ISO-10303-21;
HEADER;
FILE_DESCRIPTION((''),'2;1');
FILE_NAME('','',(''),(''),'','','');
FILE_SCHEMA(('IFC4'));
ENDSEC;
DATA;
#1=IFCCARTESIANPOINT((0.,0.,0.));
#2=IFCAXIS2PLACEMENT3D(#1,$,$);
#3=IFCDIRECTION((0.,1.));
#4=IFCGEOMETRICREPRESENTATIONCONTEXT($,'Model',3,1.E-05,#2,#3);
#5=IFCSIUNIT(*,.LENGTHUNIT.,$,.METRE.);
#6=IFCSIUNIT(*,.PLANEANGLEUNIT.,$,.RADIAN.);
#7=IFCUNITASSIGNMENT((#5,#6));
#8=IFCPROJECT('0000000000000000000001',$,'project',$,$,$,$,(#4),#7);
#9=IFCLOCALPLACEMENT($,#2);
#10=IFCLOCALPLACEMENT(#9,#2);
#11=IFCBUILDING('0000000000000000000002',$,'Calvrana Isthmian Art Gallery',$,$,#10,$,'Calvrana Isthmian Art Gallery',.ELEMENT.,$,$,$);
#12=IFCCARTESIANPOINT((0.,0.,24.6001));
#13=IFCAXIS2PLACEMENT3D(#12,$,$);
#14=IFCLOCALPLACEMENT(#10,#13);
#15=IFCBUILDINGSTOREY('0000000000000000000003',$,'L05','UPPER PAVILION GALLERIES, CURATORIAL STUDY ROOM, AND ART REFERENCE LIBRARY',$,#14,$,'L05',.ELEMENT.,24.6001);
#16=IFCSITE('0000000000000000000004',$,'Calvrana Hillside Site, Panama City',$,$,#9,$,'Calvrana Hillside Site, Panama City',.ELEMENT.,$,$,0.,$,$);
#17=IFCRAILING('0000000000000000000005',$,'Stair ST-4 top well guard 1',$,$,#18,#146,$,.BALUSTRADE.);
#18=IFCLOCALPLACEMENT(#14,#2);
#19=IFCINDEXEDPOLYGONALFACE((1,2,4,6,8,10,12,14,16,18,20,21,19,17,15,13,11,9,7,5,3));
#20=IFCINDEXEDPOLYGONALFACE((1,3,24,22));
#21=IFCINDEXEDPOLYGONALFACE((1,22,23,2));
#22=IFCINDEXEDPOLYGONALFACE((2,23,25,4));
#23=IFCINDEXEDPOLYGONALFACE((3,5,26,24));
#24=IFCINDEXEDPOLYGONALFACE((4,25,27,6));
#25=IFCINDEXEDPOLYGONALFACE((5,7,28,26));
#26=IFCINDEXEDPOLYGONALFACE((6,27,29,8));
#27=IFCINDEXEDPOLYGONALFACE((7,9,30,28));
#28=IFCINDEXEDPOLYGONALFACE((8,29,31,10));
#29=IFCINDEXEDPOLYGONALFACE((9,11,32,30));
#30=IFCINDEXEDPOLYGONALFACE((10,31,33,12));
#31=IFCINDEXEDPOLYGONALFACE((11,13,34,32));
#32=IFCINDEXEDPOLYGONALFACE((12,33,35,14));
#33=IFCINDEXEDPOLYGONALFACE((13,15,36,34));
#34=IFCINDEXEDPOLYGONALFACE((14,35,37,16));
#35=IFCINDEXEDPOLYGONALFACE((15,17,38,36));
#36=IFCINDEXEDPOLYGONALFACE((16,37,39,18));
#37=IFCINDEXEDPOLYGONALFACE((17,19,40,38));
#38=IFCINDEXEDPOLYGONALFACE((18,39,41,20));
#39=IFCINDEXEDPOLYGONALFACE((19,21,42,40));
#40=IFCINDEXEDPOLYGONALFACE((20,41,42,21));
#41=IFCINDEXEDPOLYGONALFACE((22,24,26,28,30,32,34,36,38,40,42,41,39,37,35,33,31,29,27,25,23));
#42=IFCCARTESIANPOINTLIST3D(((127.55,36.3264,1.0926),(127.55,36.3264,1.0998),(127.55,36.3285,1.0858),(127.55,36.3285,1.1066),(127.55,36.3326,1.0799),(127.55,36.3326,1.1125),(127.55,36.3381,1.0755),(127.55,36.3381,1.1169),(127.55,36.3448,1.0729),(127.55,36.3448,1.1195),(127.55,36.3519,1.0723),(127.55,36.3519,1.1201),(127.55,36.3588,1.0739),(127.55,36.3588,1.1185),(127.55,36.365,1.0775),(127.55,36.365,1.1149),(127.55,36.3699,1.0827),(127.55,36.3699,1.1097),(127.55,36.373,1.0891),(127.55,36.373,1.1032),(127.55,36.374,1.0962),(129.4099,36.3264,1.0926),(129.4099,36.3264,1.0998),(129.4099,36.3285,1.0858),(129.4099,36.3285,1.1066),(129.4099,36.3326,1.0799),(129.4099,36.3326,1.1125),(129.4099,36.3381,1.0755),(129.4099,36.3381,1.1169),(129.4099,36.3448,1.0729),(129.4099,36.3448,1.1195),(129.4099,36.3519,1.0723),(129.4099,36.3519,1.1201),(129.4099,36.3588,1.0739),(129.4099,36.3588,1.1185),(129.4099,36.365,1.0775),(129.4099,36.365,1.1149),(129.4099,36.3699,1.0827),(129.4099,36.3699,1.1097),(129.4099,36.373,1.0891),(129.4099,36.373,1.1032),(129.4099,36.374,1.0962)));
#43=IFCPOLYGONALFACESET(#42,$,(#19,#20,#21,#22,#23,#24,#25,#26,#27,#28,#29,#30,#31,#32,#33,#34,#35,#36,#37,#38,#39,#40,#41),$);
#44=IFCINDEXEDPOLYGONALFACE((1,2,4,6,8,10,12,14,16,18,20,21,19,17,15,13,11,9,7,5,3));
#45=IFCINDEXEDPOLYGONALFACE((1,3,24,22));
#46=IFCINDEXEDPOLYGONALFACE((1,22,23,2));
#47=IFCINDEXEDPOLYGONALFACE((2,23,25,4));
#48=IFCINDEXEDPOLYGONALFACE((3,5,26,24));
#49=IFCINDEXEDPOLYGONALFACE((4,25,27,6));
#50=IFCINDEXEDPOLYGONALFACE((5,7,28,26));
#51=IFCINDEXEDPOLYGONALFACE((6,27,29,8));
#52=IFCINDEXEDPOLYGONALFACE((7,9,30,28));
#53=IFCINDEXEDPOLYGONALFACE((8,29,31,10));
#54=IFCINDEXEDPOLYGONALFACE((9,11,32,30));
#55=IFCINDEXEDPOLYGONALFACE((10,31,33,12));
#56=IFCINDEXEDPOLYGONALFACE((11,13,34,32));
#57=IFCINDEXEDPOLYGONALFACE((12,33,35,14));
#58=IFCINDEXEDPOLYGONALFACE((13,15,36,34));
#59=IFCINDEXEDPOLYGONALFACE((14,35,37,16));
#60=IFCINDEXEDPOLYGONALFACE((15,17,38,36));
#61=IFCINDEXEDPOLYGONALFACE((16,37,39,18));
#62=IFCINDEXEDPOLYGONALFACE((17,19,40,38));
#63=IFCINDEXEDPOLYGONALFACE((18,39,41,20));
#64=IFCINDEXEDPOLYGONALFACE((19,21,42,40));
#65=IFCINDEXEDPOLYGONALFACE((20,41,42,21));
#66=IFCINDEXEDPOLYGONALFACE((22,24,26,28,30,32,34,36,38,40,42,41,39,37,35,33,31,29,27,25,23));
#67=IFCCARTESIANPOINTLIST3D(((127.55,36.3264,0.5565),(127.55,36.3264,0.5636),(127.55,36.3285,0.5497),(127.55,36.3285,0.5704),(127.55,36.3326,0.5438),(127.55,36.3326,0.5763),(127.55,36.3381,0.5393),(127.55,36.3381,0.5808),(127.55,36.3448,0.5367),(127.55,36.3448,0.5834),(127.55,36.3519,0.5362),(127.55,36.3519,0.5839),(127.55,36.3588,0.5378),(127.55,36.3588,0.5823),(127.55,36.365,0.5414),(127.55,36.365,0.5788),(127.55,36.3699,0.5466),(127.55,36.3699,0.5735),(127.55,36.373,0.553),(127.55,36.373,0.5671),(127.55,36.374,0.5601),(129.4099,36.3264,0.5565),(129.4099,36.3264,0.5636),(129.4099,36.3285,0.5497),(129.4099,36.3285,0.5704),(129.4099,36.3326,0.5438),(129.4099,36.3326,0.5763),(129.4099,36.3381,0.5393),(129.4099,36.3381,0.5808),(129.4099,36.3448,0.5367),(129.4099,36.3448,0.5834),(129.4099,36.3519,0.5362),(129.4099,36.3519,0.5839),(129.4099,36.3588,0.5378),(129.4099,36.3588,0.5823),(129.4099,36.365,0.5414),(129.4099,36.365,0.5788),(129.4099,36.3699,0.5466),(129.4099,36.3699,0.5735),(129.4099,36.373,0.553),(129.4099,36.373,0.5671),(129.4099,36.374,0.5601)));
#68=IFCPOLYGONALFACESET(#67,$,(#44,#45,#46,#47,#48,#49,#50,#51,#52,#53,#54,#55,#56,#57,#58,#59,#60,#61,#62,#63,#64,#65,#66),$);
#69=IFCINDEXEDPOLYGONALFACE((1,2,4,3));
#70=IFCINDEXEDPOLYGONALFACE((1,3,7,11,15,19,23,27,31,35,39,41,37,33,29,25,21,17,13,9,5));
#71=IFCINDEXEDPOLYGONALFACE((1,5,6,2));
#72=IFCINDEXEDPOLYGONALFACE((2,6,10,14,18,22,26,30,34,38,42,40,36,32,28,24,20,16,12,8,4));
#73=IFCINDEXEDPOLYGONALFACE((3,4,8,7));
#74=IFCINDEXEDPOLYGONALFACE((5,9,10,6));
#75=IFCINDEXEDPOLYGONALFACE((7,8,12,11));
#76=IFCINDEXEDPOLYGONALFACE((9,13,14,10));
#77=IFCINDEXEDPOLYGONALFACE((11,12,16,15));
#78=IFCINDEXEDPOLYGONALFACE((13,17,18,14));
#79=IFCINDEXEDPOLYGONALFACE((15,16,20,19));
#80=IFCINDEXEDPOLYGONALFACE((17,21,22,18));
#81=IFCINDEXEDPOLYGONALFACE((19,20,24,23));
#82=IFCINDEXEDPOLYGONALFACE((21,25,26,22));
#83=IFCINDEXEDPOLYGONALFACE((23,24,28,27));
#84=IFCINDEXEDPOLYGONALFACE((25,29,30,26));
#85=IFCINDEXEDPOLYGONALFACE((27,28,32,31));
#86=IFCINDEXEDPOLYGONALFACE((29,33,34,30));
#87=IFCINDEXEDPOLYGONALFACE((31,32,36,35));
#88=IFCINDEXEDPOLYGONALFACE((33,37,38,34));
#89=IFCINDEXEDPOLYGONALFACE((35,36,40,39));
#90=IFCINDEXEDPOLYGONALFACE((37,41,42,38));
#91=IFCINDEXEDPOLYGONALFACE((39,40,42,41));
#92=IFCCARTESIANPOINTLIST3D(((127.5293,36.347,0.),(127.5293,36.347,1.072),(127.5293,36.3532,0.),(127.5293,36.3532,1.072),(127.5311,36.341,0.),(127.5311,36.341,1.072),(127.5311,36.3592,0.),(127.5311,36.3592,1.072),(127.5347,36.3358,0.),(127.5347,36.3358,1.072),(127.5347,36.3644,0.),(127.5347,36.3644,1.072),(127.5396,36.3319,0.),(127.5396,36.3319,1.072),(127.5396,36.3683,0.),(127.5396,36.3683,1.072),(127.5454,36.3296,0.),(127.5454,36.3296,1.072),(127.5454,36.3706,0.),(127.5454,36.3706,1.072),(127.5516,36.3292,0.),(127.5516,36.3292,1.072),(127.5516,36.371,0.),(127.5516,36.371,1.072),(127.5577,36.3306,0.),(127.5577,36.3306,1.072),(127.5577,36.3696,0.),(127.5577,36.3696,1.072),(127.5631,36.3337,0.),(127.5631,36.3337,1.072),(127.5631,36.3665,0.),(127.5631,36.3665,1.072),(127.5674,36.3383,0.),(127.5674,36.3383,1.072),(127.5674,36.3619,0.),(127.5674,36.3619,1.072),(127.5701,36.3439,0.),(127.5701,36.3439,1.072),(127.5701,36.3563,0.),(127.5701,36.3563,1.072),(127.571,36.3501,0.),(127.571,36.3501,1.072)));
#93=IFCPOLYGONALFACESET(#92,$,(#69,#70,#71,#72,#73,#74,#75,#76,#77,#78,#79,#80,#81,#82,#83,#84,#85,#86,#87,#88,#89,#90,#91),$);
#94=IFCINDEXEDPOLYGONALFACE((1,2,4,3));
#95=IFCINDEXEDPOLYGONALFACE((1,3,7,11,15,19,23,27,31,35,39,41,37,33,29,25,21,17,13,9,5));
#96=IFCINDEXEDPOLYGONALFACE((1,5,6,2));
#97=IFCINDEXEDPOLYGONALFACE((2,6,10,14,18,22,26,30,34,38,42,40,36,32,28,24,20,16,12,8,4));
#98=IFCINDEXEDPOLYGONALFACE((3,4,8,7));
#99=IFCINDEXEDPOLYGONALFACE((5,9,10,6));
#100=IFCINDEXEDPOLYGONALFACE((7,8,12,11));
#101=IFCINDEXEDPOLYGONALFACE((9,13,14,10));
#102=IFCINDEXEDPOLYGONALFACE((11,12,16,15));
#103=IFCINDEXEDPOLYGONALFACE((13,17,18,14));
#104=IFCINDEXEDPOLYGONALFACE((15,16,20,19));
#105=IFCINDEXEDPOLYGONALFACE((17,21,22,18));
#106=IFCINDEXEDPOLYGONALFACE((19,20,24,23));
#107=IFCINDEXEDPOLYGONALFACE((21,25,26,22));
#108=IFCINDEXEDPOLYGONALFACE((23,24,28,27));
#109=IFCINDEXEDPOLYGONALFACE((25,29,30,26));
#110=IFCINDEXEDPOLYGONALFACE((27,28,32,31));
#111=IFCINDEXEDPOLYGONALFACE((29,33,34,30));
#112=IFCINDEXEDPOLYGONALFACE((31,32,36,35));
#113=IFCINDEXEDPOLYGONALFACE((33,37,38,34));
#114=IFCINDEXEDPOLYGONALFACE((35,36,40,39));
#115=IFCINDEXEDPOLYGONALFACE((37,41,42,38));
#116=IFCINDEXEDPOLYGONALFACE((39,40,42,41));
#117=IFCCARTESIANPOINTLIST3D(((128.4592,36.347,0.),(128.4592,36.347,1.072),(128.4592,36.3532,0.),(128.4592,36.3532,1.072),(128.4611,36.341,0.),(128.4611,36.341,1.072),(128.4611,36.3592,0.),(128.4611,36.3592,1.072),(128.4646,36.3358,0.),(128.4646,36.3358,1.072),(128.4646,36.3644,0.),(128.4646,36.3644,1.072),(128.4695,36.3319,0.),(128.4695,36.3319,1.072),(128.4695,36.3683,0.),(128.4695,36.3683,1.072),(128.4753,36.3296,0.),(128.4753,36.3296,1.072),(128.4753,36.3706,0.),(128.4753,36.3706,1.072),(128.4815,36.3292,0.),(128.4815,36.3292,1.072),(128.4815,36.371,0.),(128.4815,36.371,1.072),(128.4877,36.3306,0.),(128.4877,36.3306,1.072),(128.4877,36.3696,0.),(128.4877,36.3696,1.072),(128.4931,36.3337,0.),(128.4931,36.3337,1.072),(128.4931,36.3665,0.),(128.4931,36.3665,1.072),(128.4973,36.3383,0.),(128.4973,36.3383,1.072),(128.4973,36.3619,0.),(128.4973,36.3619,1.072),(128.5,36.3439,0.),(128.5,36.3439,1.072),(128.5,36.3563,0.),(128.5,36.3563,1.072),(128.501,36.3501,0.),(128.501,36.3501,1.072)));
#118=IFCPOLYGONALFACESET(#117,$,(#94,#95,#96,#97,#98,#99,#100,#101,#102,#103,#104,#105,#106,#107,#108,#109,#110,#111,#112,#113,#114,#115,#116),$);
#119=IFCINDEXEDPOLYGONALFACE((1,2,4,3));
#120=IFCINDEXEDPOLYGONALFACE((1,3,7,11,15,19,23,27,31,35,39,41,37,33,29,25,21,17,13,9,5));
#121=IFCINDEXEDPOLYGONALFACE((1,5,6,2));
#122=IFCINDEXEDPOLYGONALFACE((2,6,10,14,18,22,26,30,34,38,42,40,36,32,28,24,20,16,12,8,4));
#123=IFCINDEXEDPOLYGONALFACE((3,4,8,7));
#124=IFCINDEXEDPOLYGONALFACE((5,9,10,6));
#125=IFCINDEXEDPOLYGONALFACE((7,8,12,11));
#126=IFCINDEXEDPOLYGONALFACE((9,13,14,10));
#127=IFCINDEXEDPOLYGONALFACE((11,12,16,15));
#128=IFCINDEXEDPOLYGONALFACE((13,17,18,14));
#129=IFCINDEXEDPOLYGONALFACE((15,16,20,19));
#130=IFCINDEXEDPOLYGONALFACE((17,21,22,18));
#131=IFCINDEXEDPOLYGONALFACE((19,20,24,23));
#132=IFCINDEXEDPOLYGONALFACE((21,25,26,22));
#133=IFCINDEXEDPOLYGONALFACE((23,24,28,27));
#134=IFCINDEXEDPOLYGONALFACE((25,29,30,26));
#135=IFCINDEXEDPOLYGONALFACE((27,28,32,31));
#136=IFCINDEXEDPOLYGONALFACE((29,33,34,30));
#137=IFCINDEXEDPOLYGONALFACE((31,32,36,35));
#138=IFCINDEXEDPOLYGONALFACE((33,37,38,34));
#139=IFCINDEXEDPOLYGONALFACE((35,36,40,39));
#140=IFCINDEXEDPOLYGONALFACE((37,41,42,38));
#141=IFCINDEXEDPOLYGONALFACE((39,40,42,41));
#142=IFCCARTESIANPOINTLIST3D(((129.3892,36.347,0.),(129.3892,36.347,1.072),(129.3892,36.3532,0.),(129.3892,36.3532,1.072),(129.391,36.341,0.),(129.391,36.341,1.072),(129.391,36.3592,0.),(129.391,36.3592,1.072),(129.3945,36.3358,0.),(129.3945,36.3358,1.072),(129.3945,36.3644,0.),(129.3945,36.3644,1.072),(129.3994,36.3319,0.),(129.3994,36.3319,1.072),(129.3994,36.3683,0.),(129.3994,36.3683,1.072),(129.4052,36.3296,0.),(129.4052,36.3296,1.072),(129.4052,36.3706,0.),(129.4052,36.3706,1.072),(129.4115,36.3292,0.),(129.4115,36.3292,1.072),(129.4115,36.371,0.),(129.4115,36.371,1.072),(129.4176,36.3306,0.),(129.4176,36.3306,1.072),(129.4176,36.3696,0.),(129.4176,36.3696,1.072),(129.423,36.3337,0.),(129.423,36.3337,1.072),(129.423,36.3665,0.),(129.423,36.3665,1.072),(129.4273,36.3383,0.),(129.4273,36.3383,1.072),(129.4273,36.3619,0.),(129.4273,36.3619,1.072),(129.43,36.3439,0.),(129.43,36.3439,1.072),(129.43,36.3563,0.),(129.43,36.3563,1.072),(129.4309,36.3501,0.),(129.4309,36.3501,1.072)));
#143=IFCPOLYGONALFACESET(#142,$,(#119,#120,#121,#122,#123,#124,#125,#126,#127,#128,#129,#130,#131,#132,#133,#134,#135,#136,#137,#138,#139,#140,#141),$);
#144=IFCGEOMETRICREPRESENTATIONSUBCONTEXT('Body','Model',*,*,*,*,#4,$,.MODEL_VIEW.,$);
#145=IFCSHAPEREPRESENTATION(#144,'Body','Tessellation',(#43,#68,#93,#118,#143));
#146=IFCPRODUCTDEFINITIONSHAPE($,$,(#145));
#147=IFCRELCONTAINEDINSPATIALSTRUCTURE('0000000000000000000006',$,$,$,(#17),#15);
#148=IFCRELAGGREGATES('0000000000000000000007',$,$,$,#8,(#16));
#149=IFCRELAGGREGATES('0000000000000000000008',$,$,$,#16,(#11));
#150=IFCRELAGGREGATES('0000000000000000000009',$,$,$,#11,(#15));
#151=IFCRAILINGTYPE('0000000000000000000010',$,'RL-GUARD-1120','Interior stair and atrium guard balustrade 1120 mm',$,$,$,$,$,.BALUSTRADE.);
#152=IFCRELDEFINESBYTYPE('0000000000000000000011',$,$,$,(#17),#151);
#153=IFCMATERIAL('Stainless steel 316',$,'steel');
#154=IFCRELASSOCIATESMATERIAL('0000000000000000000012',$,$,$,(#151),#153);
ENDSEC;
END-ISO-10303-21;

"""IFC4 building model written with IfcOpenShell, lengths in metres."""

from ifc_helpers import new_model, si_unit, direction, frame, origin, origin_2d, place, context, subcontext, project, spatial, circle, extrude, material, type_object, element, save


model = new_model("IFC4")

# Units and contexts
model_context = context("Model", 3, precision=1e-05, world=origin(), true_north=direction((0.0, 1.0)))
body_context = subcontext(model_context, "Body", "Model", "MODEL_VIEW")
ifc_project = project(units=[si_unit("LENGTHUNIT", "METRE"), si_unit("PLANEANGLEUNIT", "RADIAN")], contexts=[model_context])

# Site, building, storey
site_placement = place(None, origin())
site = spatial("IfcSite", under=ifc_project, at=site_placement, Name="Calvrana Hillside Site, Panama City", LongName="Calvrana Hillside Site, Panama City", CompositionType="ELEMENT", RefElevation=0.0)
building_placement = place(site_placement, origin())
building = spatial("IfcBuilding", under=site, at=building_placement, Name="Calvrana Isthmian Art Gallery", LongName="Calvrana Isthmian Art Gallery", CompositionType="ELEMENT")
storey_placement = place(building_placement, frame((0.0, 0.0, 24.6001)))
storey = spatial("IfcBuildingStorey", under=building, at=storey_placement, Name="L05", Description="UPPER PAVILION GALLERIES, CURATORIAL STUDY ROOM, AND ART REFERENCE LIBRARY", LongName="L05", CompositionType="ELEMENT", Elevation=24.6001)

# Shared definitions
ifc_material_1 = material(Name="Stainless steel 316", Category="steel")

# Railing
railing_type = type_object("IfcRailingType", Name="RL-GUARD-1120", Description="Interior stair and atrium guard balustrade 1120 mm", PredefinedType="BALUSTRADE", material=ifc_material_1)
railing_placement = place(storey_placement, frame((127.55, 36.3501, 0.0)))
element("IfcRailing", 1, at=railing_placement, inside=storey, type_object=railing_type, Name="Stair ST-4 top well guard 1", PredefinedType="BALUSTRADE", context=body_context, shape_type="SweptSolid", body=[
    extrude(circle(Radius=0.0239, at=origin_2d()), frame((0.0, 0.0, 1.0962), z_axis=(1.0, 0.0, 0.0), x_axis=(0.0, 1.0, 0.0)), (0.0, 0.0, 1.0), 1.8599),
    extrude(circle(Radius=0.0239, at=origin_2d()), frame((0.0, 0.0, 0.5601), z_axis=(1.0, 0.0, 0.0), x_axis=(0.0, 1.0, 0.0)), (0.0, 0.0, 1.0), 1.8599),
    extrude(circle(Radius=0.021, at=origin_2d()), origin(), (0.0, 0.0, 1.0), 1.072),
    extrude(circle(Radius=0.021, at=origin_2d()), frame((0.9299, 0.0, 0.0)), (0.0, 0.0, 1.0), 1.072),
    extrude(circle(Radius=0.021, at=origin_2d()), frame((1.8599, 0.0, 0.0)), (0.0, 0.0, 1.0), 1.072),
])

save(model, "model.ifc")
